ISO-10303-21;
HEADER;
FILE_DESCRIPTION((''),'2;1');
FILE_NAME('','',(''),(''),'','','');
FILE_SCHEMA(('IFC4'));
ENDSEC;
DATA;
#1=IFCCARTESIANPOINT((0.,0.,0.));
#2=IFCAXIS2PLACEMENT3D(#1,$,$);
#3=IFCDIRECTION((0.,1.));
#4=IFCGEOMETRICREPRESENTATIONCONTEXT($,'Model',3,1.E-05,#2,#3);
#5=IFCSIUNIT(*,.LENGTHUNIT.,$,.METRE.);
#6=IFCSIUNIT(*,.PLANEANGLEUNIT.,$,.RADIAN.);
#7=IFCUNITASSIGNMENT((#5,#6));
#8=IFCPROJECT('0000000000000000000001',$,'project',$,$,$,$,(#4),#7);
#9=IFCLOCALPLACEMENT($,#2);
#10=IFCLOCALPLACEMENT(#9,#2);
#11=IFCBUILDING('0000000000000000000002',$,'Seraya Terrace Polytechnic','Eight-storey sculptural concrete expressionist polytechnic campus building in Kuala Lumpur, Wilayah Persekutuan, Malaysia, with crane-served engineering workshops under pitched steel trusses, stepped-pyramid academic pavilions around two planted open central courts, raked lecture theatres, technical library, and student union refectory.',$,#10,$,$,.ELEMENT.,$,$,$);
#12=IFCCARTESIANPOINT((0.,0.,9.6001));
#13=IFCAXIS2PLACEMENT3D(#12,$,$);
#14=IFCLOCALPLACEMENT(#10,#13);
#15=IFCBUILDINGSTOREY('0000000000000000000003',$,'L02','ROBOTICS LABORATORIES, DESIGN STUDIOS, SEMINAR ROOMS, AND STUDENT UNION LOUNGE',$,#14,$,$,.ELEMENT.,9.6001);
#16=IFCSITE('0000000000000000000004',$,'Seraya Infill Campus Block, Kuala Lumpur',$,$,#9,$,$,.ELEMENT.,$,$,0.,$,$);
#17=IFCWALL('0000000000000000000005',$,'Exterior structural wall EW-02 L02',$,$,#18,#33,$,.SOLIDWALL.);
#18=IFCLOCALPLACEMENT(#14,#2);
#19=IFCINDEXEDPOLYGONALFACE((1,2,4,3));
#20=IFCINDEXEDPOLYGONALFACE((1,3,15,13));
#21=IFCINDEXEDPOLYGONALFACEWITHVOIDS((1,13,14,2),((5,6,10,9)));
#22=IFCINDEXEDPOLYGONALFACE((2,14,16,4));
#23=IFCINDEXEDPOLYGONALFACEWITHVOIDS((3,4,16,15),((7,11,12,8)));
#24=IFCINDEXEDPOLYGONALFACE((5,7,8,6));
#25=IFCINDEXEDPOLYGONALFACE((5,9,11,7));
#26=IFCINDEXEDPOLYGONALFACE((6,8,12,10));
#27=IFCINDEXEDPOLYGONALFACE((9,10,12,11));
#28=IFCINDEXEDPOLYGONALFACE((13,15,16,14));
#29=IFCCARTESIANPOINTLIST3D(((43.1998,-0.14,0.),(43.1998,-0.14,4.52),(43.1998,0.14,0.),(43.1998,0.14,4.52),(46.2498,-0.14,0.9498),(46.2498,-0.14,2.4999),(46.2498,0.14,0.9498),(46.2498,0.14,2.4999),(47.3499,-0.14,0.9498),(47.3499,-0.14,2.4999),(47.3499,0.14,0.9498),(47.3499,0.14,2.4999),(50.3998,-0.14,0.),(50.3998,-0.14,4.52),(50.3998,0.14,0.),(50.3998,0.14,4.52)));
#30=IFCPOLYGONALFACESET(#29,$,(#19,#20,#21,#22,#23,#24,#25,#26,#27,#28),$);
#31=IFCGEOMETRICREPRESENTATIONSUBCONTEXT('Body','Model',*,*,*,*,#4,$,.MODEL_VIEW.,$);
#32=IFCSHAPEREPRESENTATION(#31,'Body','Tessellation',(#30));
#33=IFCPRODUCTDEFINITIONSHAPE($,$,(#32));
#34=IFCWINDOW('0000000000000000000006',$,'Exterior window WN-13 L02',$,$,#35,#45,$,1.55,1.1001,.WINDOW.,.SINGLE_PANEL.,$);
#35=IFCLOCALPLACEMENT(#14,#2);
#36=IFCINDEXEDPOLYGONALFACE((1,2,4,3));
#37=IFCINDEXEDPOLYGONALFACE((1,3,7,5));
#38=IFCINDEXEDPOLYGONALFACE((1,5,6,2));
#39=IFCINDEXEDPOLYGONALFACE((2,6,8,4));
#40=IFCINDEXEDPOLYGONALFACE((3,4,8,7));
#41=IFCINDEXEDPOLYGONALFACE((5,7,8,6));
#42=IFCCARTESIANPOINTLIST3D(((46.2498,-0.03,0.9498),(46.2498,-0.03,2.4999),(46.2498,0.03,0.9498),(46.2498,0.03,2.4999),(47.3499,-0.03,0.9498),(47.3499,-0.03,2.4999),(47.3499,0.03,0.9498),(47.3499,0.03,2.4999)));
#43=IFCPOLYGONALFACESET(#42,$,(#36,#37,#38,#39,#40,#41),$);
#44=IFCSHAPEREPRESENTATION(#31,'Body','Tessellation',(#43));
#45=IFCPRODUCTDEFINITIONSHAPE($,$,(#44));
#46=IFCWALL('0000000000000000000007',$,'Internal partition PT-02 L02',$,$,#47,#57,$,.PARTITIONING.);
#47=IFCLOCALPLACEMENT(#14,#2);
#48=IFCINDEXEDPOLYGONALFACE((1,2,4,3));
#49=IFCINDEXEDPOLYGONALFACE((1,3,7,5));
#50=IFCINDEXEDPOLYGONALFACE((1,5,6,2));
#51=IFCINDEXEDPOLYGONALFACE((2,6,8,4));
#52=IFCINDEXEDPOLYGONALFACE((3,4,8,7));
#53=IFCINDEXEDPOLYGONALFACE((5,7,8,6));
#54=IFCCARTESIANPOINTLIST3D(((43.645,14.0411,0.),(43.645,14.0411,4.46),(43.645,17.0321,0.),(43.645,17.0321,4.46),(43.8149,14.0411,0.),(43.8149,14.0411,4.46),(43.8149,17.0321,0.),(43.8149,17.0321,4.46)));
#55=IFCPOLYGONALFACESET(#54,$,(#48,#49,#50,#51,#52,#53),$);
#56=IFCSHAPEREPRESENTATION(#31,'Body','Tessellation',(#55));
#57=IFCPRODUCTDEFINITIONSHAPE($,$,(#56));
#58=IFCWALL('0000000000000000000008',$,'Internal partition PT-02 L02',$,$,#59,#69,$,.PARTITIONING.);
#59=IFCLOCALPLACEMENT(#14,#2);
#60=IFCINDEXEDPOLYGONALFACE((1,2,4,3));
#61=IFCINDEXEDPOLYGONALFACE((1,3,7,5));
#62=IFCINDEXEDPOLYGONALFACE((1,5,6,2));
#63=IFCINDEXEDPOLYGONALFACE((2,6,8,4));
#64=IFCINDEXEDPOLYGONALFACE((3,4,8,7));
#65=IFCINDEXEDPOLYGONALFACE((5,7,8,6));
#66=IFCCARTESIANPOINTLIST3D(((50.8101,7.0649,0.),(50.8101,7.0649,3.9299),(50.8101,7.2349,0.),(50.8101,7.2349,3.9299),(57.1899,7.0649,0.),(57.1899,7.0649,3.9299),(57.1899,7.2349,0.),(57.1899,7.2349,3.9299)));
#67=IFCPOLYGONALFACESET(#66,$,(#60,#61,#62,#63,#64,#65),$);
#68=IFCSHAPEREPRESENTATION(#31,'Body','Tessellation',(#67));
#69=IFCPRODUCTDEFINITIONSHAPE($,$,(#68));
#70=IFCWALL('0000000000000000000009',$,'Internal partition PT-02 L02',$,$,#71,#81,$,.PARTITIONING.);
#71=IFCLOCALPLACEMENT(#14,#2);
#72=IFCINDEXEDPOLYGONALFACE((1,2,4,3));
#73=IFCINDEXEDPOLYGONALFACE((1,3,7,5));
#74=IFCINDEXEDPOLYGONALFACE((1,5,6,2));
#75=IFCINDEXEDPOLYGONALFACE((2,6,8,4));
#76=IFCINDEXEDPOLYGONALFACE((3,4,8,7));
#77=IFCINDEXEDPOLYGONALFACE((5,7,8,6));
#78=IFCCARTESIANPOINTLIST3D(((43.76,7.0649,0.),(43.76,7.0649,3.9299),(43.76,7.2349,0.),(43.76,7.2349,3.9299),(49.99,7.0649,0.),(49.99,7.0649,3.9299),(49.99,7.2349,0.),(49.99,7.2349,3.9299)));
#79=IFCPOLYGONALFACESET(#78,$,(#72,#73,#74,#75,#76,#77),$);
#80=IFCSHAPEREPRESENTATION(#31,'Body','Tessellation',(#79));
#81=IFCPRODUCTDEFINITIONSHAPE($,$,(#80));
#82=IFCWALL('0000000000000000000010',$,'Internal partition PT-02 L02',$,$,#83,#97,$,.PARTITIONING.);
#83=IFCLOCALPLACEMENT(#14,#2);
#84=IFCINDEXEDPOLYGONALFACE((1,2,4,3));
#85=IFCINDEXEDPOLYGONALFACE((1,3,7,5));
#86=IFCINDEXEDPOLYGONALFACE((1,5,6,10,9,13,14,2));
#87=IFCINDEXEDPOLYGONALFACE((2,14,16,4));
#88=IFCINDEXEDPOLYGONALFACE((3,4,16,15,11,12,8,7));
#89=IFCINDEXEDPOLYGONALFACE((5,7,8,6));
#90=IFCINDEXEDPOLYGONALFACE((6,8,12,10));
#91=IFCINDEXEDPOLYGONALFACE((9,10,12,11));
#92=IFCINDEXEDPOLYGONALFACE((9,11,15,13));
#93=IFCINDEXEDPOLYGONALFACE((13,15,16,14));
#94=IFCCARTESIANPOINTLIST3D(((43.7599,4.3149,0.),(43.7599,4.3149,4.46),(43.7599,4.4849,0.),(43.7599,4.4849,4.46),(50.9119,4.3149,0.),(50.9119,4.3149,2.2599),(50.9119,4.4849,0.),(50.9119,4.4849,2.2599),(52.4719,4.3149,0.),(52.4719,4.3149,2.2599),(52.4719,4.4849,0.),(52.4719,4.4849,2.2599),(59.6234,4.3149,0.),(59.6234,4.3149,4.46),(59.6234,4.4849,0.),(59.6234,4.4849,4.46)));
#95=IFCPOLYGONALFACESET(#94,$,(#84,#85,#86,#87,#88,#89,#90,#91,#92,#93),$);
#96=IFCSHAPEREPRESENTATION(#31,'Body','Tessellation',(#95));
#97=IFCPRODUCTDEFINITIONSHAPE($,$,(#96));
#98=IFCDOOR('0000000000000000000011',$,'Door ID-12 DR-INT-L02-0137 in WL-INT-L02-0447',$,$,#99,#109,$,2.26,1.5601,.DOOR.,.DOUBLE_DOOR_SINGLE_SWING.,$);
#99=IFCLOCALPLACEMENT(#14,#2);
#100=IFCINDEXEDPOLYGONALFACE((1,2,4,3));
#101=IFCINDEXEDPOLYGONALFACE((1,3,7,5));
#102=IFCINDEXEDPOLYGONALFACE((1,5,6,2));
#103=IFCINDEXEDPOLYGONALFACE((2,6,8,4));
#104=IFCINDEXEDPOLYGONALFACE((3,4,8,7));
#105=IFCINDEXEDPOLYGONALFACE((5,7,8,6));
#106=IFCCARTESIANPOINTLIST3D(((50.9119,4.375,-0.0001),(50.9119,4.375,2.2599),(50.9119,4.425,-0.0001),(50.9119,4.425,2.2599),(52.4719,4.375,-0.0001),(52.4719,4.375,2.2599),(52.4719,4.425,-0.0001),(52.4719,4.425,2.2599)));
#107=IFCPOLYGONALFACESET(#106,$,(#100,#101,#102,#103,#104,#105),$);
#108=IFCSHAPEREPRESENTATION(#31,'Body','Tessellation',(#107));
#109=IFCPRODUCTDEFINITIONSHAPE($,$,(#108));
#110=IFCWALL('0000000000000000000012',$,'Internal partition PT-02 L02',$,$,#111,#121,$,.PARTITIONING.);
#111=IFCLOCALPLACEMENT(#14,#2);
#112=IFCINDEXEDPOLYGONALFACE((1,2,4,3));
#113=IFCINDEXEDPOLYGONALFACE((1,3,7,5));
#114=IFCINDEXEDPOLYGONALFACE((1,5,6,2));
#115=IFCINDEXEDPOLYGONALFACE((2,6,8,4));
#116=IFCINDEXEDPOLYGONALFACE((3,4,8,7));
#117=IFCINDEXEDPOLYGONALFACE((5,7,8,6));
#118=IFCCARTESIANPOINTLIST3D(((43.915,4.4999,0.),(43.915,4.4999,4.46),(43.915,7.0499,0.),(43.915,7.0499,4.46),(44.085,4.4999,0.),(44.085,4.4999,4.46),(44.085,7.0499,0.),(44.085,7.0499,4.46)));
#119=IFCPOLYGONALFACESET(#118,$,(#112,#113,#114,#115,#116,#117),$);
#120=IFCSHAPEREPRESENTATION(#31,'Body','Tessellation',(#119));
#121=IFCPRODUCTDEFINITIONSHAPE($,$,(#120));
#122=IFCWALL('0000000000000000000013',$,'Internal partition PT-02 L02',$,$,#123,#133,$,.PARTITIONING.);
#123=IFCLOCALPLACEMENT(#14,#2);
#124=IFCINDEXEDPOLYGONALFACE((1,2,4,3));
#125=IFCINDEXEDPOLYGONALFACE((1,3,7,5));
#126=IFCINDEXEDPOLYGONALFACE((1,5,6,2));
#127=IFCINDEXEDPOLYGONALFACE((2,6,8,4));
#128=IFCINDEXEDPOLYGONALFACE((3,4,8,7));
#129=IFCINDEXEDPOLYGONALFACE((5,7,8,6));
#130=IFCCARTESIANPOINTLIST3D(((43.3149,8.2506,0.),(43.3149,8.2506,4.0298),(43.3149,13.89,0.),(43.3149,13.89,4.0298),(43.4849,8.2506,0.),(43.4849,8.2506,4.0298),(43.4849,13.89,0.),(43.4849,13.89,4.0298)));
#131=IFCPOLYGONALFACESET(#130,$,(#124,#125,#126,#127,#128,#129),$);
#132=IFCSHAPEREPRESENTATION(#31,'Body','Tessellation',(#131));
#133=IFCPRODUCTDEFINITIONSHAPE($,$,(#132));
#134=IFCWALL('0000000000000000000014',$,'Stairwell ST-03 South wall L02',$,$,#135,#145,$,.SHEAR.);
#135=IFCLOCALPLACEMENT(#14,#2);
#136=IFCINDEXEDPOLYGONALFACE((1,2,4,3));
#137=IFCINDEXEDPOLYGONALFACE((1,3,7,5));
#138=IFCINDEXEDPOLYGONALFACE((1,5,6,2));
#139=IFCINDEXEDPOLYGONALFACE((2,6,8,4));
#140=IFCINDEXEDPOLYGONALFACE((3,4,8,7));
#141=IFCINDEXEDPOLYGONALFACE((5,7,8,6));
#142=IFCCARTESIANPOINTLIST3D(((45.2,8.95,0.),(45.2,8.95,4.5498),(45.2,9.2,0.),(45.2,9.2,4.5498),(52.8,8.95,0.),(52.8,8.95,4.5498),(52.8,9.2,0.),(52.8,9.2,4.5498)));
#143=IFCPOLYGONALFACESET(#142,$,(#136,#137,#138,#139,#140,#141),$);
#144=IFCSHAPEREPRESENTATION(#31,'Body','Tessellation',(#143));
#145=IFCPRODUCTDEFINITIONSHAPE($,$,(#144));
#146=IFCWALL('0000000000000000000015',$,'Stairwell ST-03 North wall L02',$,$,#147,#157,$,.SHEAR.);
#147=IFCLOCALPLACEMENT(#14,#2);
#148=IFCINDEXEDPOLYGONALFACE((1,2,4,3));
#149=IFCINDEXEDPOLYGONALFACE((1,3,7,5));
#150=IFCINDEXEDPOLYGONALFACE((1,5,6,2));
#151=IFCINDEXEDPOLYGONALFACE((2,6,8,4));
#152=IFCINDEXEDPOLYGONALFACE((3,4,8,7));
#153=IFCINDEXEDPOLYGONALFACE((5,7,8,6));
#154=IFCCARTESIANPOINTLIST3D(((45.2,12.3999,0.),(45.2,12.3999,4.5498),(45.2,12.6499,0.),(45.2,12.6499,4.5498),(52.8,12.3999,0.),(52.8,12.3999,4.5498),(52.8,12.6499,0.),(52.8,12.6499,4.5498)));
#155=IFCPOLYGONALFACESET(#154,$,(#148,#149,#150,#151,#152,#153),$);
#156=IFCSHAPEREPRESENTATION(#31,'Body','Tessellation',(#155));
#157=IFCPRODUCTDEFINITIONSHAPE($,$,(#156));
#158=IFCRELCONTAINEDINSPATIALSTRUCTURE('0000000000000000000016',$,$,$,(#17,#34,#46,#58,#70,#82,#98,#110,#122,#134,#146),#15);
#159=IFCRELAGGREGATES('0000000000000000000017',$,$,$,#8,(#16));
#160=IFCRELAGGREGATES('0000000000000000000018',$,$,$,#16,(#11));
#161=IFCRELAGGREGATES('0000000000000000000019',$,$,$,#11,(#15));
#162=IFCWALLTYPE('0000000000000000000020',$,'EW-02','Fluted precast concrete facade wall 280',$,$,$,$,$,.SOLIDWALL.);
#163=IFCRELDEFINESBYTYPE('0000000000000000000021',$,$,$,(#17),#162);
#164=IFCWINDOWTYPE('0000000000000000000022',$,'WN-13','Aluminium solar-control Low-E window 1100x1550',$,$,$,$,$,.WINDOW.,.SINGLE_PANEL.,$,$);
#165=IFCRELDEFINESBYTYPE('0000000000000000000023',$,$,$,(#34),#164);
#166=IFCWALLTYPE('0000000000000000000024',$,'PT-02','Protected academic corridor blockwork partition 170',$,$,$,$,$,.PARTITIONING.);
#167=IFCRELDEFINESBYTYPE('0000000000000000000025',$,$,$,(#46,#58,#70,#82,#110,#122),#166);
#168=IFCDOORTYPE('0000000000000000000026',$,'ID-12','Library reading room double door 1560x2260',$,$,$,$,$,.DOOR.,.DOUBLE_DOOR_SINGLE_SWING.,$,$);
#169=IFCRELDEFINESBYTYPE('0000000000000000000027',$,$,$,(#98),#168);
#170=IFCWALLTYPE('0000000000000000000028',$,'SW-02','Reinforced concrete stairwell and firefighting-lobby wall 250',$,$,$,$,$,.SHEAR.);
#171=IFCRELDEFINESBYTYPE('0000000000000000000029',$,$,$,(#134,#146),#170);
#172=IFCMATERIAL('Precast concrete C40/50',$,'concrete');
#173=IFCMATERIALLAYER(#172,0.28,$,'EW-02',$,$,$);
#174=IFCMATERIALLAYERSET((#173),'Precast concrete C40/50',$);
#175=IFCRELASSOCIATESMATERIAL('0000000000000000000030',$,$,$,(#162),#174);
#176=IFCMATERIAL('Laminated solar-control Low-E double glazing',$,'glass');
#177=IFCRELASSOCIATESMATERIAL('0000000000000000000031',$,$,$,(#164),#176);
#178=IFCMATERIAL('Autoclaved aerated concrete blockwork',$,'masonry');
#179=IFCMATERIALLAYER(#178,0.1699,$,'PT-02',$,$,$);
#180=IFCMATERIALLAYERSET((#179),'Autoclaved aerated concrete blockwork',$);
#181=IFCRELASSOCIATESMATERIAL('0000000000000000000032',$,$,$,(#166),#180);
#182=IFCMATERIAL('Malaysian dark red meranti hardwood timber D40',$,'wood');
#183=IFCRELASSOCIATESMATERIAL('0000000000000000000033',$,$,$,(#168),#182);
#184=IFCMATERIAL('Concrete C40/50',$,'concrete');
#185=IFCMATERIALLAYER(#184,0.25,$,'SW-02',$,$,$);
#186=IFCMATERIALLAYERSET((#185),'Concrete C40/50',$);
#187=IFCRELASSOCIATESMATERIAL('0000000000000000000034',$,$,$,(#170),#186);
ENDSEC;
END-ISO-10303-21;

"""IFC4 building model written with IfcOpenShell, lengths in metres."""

from ifc_helpers import new_model, si_unit, direction, frame, frame_2d, origin, place, context, subcontext, project, spatial, rectangle, extrude, material, layer, layer_set, type_object, element, fill, save


model = new_model("IFC4")

# Units and contexts
model_context = context("Model", 3, precision=1e-05, world=origin(), true_north=direction((0.0, 1.0)))
body_context = subcontext(model_context, "Body", "Model", "MODEL_VIEW")
ifc_project = project(units=[si_unit("LENGTHUNIT", "METRE"), si_unit("PLANEANGLEUNIT", "RADIAN")], contexts=[model_context])

# Site, building, storey
site_placement = place(None, origin())
site = spatial("IfcSite", under=ifc_project, at=site_placement, Name="Seraya Infill Campus Block, Kuala Lumpur", CompositionType="ELEMENT", RefElevation=0.0)
building_placement = place(site_placement, origin())
building = spatial("IfcBuilding", under=site, at=building_placement, Name="Seraya Terrace Polytechnic", Description="Eight-storey sculptural concrete expressionist polytechnic campus building in Kuala Lumpur, Wilayah Persekutuan, Malaysia, with crane-served engineering workshops under pitched steel trusses, stepped-pyramid academic pavilions around two planted open central courts, raked lecture theatres, technical library, and student union refectory.", CompositionType="ELEMENT")
storey_placement = place(building_placement, frame((0.0, 0.0, 9.6001)))
storey = spatial("IfcBuildingStorey", under=building, at=storey_placement, Name="L02", Description="ROBOTICS LABORATORIES, DESIGN STUDIOS, SEMINAR ROOMS, AND STUDENT UNION LOUNGE", CompositionType="ELEMENT", Elevation=9.6001)

# Shared definitions
ifc_material_1 = material(Name="Concrete C40/50", Category="concrete")

# Wall, opening, window
ifc_material_2 = material(Name="Precast concrete C40/50", Category="concrete")
ifc_layer_1 = layer(ifc_material_2, 0.28, Name="EW-02")
ifc_layer_set_1 = layer_set([ifc_layer_1], Name="Precast concrete C40/50")
wall_type_1 = type_object("IfcWallType", Name="EW-02", Description="Fluted precast concrete facade wall 280", PredefinedType="SOLIDWALL", material=ifc_layer_set_1)
wall_1_placement = place(storey_placement, frame((50.3999, 0.0, 0.0), z_axis=(0.0, 0.0, 1.0), x_axis=(-1.0, 0.0, 0.0)))
wall_1 = element("IfcWall", 1, at=wall_1_placement, inside=storey, type_object=wall_type_1, Name="Exterior structural wall EW-02 L02", PredefinedType="SOLIDWALL", context=body_context, shape_type="SweptSolid", body=[
    extrude(rectangle(XDim=7.2, YDim=0.28, at=frame_2d((3.6001, 0.0))), origin(), (0.0, 0.0, 1.0), 4.52),
])
opening_1_placement = place(wall_1_placement, frame((3.05, 0.0, 0.95)))
opening_1 = element("IfcOpeningElement", 2, at=opening_1_placement, cuts=wall_1, PredefinedType="OPENING", context=body_context, shape_type="SweptSolid", body=[
    extrude(rectangle(XDim=1.1001, YDim=1.55, at=frame_2d((0.55, 0.7749))), frame((0.0, 0.1519, 0.0), z_axis=(0.0, -1.0, 0.0), x_axis=(1.0, 0.0, 0.0)), (0.0, 0.0, 1.0), 0.304),
])
ifc_material_3 = material(Name="Laminated solar-control Low-E double glazing", Category="glass")
window_type = type_object("IfcWindowType", Name="WN-13", Description="Aluminium solar-control Low-E window 1100x1550", PartitioningType="SINGLE_PANEL", PredefinedType="WINDOW", material=ifc_material_3)
window_placement = place(opening_1_placement, origin())
window = element("IfcWindow", 3, at=window_placement, inside=storey, type_object=window_type, Name="Exterior window WN-13 L02", OverallHeight=1.55, OverallWidth=1.1001, PartitioningType="SINGLE_PANEL", PredefinedType="WINDOW", context=body_context, shape_type="SweptSolid", body=[
    extrude(rectangle(XDim=1.1001, YDim=1.55, at=frame_2d((0.55, 0.7749))), frame((0.0, 0.03, 0.0), z_axis=(0.0, -1.0, 0.0), x_axis=(1.0, 0.0, 0.0)), (0.0, 0.0, 1.0), 0.0601),
])
fill(opening_1, window)

# Walls
ifc_material_4 = material(Name="Autoclaved aerated concrete blockwork", Category="masonry")
ifc_layer_2 = layer(ifc_material_4, 0.1699, Name="PT-02")
ifc_layer_set_2 = layer_set([ifc_layer_2], Name="Autoclaved aerated concrete blockwork")
wall_type_2 = type_object("IfcWallType", Name="PT-02", Description="Protected academic corridor blockwork partition 170", PredefinedType="PARTITIONING", material=ifc_layer_set_2)
wall_2_placement = place(storey_placement, frame((43.73, 14.041, 0.0), z_axis=(0.0, 0.0, 1.0), x_axis=(0.0, 1.0, 0.0)))
element("IfcWall", 4, at=wall_2_placement, inside=storey, type_object=wall_type_2, Name="Internal partition PT-02 L02", PredefinedType="PARTITIONING", context=body_context, shape_type="SweptSolid", body=[
    extrude(rectangle(XDim=2.991, YDim=0.1699, at=frame_2d((1.4956, 0.0))), origin(), (0.0, 0.0, 1.0), 4.46),
])
wall_3_placement = place(storey_placement, frame((50.8101, 7.1499, 0.0), z_axis=(0.0, 0.0, 1.0), x_axis=(1.0, 0.0, 0.0)))
element("IfcWall", 5, at=wall_3_placement, inside=storey, type_object=wall_type_2, Name="Internal partition PT-02 L02", PredefinedType="PARTITIONING", context=body_context, shape_type="SweptSolid", body=[
    extrude(rectangle(XDim=6.3799, YDim=0.1699, at=frame_2d((3.1899, 0.0))), origin(), (0.0, 0.0, 1.0), 3.9299),
])
wall_4_placement = place(storey_placement, frame((43.76, 7.1499, 0.0), z_axis=(0.0, 0.0, 1.0), x_axis=(1.0, 0.0, 0.0)))
element("IfcWall", 6, at=wall_4_placement, inside=storey, type_object=wall_type_2, Name="Internal partition PT-02 L02", PredefinedType="PARTITIONING", context=body_context, shape_type="SweptSolid", body=[
    extrude(rectangle(XDim=6.23, YDim=0.1699, at=frame_2d((3.115, 0.0))), origin(), (0.0, 0.0, 1.0), 3.9299),
])

# Wall, opening, door
wall_5_placement = place(storey_placement, frame((43.76, 4.3999, 0.0), z_axis=(0.0, 0.0, 1.0), x_axis=(1.0, 0.0, 0.0)))
wall_5 = element("IfcWall", 7, at=wall_5_placement, inside=storey, type_object=wall_type_2, Name="Internal partition PT-02 L02", PredefinedType="PARTITIONING", context=body_context, shape_type="SweptSolid", body=[
    extrude(rectangle(XDim=15.8635, YDim=0.1699, at=frame_2d((7.9316, 0.0))), origin(), (0.0, 0.0, 1.0), 4.46),
])
opening_2_placement = place(wall_5_placement, frame((7.1519, 0.0, 0.0)))
opening_2 = element("IfcOpeningElement", 8, at=opening_2_placement, cuts=wall_5, PredefinedType="OPENING", context=body_context, shape_type="SweptSolid", body=[
    extrude(rectangle(XDim=1.5601, YDim=2.26, at=frame_2d((0.78, 1.1299))), frame((0.0, 0.0969, 0.0), z_axis=(0.0, -1.0, 0.0), x_axis=(1.0, 0.0, 0.0)), (0.0, 0.0, 1.0), 0.1938),
])
ifc_material_5 = material(Name="Malaysian dark red meranti hardwood timber D40", Category="wood")
door_type_1 = type_object("IfcDoorType", Name="ID-12", Description="Library reading room double door 1560x2260", OperationType="DOUBLE_DOOR_SINGLE_SWING", PredefinedType="DOOR", material=ifc_material_5)
door_1_placement = place(opening_2_placement, frame((1.5601, 0.0, 0.0), z_axis=(0.0, 0.0, 1.0), x_axis=(-1.0, 0.0, 0.0)))
door_1 = element("IfcDoor", 9, at=door_1_placement, inside=storey, type_object=door_type_1, Name="Door ID-12 DR-INT-L02-0137 in WL-INT-L02-0447", OperationType="DOUBLE_DOOR_SINGLE_SWING", OverallHeight=2.26, OverallWidth=1.5601, PredefinedType="DOOR", context=body_context, shape_type="SweptSolid", body=[
    extrude(rectangle(XDim=1.5601, YDim=2.26, at=frame_2d((0.78, 1.1299))), frame((0.0, 0.0249, 0.0), z_axis=(0.0, -1.0, 0.0), x_axis=(1.0, 0.0, 0.0)), (0.0, 0.0, 1.0), 0.05),
])
fill(opening_2, door_1)

# Walls
wall_6_placement = place(storey_placement, frame((44.0, 4.5, 0.0), z_axis=(0.0, 0.0, 1.0), x_axis=(0.0, 1.0, 0.0)))
element("IfcWall", 10, at=wall_6_placement, inside=storey, type_object=wall_type_2, Name="Internal partition PT-02 L02", PredefinedType="PARTITIONING", context=body_context, shape_type="SweptSolid", body=[
    extrude(rectangle(XDim=2.55, YDim=0.1699, at=frame_2d((1.2749, 0.0))), origin(), (0.0, 0.0, 1.0), 4.46),
])
wall_7_placement = place(storey_placement, frame((43.3999, 8.2505, 0.0), z_axis=(0.0, 0.0, 1.0), x_axis=(0.0, 1.0, 0.0)))
element("IfcWall", 11, at=wall_7_placement, inside=storey, type_object=wall_type_2, Name="Internal partition PT-02 L02", PredefinedType="PARTITIONING", context=body_context, shape_type="SweptSolid", body=[
    extrude(rectangle(XDim=5.6394, YDim=0.1699, at=frame_2d((2.8198, 0.0))), origin(), (0.0, 0.0, 1.0), 4.0298),
])

# Shared definitions
ifc_layer_3 = layer(ifc_material_1, 0.25, Name="SW-02")
ifc_layer_set_3 = layer_set([ifc_layer_3], Name="Concrete C40/50")
wall_type_3 = type_object("IfcWallType", Name="SW-02", Description="Reinforced concrete stairwell and firefighting-lobby wall 250", PredefinedType="SHEAR", material=ifc_layer_set_3)

# Walls
for number, where, z_axis, x_axis, name in (
    (12, (45.2, 9.075, 0.0), (0.0, 0.0, 1.0), (1.0, 0.0, 0.0), "Stairwell ST-03 South wall L02"),
    (13, (45.2, 12.5249, 0.0), (0.0, 0.0, 1.0), (1.0, 0.0, 0.0), "Stairwell ST-03 North wall L02"),
):
    element("IfcWall", number, at=place(storey_placement, frame(where, z_axis=z_axis, x_axis=x_axis)), inside=storey, type_object=wall_type_3, Name=name, PredefinedType="SHEAR", context=body_context, shape_type="SweptSolid", body=[
        extrude(rectangle(XDim=7.6001, YDim=0.25, at=frame_2d((3.8, 0.0))), origin(), (0.0, 0.0, 1.0), 4.5498),
    ])

save(model, "model.ifc")
